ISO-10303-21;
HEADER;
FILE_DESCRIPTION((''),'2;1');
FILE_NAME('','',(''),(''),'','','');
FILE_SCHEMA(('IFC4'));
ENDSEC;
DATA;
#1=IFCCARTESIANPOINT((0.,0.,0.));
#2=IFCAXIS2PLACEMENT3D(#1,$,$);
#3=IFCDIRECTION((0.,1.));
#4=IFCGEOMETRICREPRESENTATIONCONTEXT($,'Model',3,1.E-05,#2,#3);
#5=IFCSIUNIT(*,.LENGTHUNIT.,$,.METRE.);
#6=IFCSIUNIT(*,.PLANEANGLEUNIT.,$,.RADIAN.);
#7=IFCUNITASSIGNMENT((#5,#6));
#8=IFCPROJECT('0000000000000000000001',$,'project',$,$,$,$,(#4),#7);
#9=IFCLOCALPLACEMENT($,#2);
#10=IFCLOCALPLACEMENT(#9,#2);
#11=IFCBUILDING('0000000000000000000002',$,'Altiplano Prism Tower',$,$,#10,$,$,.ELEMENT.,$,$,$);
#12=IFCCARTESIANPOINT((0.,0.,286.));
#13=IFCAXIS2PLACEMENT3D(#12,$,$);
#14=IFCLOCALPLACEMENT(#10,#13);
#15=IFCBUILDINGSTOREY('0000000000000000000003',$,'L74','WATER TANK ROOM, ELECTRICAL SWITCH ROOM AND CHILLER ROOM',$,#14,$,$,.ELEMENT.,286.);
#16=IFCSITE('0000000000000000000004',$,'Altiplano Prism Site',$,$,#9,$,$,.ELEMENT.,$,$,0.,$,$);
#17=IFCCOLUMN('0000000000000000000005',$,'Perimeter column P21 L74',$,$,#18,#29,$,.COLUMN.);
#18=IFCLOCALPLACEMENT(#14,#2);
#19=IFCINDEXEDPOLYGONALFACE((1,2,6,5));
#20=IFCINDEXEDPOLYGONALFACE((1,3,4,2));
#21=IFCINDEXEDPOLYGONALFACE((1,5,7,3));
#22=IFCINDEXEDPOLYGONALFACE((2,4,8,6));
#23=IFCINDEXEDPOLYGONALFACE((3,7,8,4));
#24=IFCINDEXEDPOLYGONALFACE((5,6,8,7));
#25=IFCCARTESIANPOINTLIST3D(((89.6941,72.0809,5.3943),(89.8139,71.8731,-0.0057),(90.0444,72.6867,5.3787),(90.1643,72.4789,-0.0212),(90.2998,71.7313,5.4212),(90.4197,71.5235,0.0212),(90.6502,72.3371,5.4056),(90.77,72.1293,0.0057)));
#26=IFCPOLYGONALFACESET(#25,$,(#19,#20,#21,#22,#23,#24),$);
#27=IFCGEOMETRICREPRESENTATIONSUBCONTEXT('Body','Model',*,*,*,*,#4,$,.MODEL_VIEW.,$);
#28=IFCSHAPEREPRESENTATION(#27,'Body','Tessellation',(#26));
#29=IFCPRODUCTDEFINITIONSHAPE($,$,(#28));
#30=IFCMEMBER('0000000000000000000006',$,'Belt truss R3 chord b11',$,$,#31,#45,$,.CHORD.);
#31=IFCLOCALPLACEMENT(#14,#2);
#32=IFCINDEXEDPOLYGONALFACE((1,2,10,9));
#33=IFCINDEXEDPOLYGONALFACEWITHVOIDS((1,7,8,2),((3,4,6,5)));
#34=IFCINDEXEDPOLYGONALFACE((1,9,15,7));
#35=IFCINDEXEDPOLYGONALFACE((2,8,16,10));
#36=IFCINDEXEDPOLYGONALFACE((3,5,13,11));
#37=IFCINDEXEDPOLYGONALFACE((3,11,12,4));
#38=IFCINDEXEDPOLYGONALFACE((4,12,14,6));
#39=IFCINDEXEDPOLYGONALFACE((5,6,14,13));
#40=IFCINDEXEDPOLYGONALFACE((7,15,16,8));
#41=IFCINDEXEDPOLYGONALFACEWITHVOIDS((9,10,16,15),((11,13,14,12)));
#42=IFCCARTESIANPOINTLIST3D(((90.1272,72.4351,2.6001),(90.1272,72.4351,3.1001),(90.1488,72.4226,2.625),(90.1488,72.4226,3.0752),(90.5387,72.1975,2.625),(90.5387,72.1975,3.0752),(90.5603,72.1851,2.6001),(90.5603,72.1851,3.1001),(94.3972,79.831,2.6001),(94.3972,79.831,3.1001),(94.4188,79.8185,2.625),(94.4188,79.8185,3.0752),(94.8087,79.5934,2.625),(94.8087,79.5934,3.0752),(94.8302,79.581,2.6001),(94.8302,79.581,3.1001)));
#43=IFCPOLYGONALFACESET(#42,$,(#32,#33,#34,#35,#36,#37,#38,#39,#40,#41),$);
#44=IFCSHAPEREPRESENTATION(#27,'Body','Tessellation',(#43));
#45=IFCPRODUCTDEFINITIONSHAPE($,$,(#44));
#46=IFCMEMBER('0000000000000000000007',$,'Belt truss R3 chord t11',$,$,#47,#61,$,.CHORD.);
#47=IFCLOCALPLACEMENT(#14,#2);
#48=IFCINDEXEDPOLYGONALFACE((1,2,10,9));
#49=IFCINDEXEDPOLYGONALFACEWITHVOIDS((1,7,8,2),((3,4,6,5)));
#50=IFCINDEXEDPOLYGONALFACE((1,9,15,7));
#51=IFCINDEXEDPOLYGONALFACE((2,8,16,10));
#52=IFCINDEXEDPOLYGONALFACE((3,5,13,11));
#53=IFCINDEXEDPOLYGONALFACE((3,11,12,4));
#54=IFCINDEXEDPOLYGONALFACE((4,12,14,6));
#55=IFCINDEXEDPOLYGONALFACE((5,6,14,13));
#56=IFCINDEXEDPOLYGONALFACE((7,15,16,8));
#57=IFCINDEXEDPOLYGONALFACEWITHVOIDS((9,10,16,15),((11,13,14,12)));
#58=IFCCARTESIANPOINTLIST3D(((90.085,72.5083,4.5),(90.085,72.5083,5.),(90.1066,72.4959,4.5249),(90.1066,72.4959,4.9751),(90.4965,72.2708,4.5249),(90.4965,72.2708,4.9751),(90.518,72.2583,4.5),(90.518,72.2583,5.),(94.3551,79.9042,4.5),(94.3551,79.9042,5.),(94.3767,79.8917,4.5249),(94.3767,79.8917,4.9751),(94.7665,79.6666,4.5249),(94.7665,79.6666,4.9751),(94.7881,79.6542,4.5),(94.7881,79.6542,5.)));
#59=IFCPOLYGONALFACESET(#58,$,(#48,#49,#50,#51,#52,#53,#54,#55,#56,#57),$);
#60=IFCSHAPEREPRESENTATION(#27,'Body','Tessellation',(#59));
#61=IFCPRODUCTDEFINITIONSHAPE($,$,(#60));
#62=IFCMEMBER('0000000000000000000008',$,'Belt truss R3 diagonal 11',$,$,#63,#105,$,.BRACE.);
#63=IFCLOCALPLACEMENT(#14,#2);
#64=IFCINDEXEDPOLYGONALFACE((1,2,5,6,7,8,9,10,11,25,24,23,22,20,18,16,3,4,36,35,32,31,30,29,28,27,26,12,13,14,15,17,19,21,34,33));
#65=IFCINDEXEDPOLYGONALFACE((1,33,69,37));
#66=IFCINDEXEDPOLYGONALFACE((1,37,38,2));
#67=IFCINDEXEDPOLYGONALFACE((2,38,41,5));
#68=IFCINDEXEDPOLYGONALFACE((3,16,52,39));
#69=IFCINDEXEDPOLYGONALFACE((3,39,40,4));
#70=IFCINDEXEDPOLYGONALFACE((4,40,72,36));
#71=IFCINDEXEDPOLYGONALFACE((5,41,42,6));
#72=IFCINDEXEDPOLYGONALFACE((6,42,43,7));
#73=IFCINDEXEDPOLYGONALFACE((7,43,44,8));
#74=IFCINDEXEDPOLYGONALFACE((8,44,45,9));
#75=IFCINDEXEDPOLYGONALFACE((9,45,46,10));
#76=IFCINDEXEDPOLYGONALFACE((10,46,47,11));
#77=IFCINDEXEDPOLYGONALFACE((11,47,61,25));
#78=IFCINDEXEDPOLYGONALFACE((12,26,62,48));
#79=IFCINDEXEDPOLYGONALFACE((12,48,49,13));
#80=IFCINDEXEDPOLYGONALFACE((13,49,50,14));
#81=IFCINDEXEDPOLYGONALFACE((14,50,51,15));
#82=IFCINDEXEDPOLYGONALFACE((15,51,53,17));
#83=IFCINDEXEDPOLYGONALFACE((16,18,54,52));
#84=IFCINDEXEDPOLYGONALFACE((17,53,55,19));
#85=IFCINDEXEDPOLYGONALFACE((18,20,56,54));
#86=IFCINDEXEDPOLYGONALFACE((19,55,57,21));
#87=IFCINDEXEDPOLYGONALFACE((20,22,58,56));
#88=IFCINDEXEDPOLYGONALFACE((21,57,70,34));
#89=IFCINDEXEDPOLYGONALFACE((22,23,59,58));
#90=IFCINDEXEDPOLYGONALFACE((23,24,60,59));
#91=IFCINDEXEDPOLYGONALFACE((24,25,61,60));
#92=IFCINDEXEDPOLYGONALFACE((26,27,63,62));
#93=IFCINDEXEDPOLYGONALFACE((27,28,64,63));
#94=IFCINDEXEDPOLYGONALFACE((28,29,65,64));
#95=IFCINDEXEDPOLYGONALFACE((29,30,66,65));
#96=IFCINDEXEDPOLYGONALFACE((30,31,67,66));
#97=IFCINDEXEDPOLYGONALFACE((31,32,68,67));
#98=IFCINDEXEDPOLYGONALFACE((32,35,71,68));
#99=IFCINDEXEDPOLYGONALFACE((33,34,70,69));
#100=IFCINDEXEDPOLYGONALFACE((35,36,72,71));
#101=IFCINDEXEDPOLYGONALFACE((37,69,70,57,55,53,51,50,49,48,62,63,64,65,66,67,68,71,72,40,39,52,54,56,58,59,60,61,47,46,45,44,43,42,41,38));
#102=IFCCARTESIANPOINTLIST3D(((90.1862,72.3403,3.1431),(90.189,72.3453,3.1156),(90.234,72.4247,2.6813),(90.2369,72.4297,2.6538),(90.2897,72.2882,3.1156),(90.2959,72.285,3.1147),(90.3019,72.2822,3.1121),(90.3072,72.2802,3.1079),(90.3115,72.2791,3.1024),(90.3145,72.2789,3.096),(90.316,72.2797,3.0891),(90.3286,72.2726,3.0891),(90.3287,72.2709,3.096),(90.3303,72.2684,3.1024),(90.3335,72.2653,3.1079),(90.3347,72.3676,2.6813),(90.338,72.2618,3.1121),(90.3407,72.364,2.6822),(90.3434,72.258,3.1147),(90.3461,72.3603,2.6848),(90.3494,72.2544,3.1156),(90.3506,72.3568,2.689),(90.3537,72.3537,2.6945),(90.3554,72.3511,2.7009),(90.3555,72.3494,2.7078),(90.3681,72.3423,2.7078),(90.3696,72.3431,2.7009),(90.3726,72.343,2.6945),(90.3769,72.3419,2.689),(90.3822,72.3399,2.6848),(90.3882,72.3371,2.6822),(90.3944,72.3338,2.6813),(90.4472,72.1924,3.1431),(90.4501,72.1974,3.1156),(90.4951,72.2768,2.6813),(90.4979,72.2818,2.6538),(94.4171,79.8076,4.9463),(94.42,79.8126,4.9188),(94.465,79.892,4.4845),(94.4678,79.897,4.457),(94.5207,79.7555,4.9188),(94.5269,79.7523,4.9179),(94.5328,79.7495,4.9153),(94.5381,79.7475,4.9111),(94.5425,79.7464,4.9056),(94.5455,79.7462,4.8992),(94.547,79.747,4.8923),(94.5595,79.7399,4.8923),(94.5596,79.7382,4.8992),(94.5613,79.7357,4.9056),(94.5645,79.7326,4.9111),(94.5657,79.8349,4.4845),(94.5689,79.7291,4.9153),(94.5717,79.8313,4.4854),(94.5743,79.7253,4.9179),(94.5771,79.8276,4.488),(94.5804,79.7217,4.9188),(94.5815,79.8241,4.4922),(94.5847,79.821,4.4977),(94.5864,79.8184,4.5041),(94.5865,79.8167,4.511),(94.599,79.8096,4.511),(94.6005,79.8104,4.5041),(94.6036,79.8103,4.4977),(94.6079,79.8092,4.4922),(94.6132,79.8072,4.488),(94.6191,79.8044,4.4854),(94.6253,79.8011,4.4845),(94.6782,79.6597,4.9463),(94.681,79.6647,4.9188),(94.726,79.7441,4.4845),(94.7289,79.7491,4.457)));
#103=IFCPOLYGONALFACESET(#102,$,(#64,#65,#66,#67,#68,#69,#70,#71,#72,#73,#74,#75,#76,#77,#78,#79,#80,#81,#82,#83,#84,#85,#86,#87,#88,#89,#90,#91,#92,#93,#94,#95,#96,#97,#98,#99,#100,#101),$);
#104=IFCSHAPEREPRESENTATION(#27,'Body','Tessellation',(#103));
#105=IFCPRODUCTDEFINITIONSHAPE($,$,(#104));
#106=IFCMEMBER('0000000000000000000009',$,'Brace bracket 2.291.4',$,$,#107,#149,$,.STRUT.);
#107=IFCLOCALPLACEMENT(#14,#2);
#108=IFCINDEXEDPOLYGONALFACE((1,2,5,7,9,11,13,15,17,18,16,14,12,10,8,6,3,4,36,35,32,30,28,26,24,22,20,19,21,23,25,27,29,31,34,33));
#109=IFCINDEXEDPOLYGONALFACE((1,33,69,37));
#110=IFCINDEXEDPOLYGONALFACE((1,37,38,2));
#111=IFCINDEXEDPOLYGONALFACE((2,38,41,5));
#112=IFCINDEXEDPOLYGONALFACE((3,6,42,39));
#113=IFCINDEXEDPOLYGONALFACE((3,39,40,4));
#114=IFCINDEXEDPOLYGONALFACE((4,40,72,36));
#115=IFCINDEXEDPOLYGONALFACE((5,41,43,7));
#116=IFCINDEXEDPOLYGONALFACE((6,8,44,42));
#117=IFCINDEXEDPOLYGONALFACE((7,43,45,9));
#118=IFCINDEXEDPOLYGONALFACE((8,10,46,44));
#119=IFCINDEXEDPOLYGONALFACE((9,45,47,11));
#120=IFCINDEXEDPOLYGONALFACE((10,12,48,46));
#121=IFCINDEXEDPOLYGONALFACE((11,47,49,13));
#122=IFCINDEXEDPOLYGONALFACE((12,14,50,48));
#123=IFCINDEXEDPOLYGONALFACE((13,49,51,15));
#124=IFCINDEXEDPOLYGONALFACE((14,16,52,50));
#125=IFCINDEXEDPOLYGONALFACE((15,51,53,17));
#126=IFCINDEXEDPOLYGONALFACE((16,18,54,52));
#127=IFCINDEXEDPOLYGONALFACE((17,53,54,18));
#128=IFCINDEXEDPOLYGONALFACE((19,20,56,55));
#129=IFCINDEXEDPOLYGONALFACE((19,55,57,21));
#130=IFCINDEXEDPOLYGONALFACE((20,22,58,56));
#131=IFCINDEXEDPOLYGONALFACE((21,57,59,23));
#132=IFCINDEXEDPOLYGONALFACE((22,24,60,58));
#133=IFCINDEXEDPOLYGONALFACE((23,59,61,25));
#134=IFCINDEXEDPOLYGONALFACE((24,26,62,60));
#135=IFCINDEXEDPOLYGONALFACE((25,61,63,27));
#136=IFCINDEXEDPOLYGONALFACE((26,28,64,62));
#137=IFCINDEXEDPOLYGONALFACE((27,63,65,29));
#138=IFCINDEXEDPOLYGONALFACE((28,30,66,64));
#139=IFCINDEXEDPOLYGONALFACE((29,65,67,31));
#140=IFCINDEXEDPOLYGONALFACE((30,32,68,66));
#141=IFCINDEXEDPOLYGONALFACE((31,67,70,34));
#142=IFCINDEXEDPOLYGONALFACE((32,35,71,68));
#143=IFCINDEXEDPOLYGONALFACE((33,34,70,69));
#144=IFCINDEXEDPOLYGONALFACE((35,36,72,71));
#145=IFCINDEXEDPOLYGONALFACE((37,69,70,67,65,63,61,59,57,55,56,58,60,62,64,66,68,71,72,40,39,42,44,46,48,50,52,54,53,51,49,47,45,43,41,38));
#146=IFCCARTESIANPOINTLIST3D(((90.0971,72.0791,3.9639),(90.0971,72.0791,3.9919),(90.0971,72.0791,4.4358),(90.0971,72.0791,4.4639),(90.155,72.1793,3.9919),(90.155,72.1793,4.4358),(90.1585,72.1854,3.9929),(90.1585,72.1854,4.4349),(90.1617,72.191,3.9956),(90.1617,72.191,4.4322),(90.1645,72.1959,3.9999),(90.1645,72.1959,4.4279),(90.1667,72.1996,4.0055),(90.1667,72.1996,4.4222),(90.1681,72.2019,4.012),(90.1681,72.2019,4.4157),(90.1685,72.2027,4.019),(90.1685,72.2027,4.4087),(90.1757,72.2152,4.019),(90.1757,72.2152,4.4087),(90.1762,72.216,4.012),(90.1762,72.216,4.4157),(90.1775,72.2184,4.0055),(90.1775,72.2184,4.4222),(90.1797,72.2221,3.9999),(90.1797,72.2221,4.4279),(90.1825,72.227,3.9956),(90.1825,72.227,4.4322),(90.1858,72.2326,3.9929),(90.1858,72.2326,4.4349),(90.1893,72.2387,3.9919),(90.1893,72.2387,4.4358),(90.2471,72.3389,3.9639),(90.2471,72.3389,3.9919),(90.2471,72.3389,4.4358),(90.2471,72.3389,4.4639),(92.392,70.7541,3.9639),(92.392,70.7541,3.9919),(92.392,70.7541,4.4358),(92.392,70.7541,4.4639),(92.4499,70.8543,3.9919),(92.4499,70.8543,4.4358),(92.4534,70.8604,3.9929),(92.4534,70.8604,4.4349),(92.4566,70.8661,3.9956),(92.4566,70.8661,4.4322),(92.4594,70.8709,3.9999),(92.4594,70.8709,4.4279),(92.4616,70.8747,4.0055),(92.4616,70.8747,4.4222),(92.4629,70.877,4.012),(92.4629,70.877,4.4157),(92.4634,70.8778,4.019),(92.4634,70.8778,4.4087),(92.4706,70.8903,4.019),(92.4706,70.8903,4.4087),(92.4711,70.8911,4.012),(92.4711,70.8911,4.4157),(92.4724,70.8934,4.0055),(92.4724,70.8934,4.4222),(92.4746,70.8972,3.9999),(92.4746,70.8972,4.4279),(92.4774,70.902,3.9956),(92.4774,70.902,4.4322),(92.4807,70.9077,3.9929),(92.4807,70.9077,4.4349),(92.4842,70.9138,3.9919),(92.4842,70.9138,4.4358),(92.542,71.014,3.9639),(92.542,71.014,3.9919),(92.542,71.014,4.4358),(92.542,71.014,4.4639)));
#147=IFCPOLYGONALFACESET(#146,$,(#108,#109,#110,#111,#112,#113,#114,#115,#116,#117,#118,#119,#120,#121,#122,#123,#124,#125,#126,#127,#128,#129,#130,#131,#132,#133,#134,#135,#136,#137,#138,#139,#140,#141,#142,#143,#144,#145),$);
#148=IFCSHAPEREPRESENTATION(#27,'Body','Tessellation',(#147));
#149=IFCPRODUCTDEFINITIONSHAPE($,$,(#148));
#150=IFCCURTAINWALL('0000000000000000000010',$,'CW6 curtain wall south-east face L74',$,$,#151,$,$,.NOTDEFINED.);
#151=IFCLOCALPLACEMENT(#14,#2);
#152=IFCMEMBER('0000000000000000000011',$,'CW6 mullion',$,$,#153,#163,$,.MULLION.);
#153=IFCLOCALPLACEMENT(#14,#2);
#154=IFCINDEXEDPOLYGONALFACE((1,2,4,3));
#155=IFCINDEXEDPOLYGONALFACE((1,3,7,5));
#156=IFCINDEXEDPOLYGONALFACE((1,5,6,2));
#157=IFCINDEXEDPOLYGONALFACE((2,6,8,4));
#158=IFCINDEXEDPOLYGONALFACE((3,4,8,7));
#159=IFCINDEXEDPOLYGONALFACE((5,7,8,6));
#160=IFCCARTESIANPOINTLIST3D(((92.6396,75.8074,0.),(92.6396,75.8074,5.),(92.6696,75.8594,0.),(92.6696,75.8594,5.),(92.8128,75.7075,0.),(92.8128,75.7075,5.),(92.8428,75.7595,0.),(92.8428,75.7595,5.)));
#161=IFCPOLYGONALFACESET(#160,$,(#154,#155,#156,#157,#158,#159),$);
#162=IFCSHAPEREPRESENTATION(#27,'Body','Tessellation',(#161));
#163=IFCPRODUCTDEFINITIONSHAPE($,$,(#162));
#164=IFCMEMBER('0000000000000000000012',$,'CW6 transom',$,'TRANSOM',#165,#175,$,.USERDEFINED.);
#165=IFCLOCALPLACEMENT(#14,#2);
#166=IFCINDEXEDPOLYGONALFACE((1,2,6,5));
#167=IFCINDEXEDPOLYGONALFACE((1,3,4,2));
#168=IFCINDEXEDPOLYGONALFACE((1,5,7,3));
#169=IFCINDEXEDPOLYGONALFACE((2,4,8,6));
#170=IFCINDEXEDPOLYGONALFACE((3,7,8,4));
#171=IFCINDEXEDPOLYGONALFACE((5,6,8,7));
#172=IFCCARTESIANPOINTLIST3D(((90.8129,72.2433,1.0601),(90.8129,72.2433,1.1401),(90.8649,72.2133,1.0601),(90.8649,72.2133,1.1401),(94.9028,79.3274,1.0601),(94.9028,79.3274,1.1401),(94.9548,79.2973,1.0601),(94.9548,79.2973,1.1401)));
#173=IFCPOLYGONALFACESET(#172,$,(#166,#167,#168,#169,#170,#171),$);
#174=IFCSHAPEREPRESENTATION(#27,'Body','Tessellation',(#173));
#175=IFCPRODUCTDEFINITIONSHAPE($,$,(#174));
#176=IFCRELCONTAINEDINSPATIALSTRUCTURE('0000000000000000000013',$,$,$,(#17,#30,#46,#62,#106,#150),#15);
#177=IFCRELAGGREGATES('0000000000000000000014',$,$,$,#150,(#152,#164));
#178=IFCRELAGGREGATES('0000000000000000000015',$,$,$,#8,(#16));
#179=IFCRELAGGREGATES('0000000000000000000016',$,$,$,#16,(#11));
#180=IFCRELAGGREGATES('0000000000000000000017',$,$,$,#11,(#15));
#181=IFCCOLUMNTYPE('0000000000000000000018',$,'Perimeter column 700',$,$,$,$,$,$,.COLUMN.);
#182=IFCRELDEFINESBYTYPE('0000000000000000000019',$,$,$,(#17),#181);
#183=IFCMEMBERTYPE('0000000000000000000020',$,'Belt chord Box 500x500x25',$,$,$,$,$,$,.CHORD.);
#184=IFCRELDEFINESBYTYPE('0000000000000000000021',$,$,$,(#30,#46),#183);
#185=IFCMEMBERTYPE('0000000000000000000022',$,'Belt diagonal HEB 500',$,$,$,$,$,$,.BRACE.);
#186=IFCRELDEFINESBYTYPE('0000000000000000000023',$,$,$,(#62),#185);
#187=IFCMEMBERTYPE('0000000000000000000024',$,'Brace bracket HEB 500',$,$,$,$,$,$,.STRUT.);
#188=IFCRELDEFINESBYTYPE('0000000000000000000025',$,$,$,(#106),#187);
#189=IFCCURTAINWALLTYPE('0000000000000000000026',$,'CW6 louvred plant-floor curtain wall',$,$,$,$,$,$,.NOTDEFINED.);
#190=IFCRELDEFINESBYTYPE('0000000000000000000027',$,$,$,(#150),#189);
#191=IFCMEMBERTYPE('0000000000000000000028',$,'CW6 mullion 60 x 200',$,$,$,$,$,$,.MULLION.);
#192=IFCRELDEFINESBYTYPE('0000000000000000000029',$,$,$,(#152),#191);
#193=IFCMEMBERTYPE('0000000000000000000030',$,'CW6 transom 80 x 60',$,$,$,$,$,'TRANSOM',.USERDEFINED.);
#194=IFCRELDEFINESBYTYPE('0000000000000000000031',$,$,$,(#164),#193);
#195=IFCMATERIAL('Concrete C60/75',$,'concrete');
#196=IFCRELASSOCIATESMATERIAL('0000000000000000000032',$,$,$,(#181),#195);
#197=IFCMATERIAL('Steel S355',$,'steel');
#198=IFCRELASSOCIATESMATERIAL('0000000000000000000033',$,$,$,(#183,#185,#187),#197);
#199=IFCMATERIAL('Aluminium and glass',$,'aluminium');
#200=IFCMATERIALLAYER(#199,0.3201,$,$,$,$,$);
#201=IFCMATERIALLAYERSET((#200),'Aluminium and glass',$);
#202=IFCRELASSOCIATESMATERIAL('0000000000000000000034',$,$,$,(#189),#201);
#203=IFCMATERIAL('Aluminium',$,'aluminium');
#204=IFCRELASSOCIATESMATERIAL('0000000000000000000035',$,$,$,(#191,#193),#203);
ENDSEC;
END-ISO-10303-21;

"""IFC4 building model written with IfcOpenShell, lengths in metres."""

from ifc_helpers import new_model, si_unit, direction, frame, origin, origin_2d, place, context, subcontext, project, spatial, rectangle, hollow_rectangle, i_section, extrude, material, layer, layer_set, material_profile, profile_set, type_object, element, aggregate, save


model = new_model("IFC4")

# Units and contexts
model_context = context("Model", 3, precision=1e-05, world=origin(), true_north=direction((0.0, 1.0)))
body_context = subcontext(model_context, "Body", "Model", "MODEL_VIEW")
ifc_project = project(units=[si_unit("LENGTHUNIT", "METRE"), si_unit("PLANEANGLEUNIT", "RADIAN")], contexts=[model_context])

# Site, building, storey
site_placement = place(None, origin())
site = spatial("IfcSite", under=ifc_project, at=site_placement, Name="Altiplano Prism Site", CompositionType="ELEMENT", RefElevation=0.0)
building_placement = place(site_placement, origin())
building = spatial("IfcBuilding", under=site, at=building_placement, Name="Altiplano Prism Tower", CompositionType="ELEMENT")
storey_placement = place(building_placement, frame((0.0, 0.0, 286.0)))
storey = spatial("IfcBuildingStorey", under=building, at=storey_placement, Name="L74", Description="WATER TANK ROOM, ELECTRICAL SWITCH ROOM AND CHILLER ROOM", CompositionType="ELEMENT", Elevation=286.0)

# Column
ifc_material_1 = material(Name="Concrete C60/75", Category="concrete")
ifc_material_profile_1 = material_profile(ifc_material_1, rectangle(XDim=0.7, YDim=0.7, at=origin_2d()), Name="Perimeter column 700")
ifc_profile_set_1 = profile_set([ifc_material_profile_1], Name="Concrete C60/75")
column_type = type_object("IfcColumnType", Name="Perimeter column 700", PredefinedType="COLUMN", material=ifc_profile_set_1)
column_placement = place(storey_placement, frame((90.292, 72.0012, 0.0), z_axis=(-0.022177, 0.038438, 0.999015), x_axis=(-0.500495, -0.865455, 0.022188)))
element("IfcColumn", 1, at=column_placement, inside=storey, type_object=column_type, Name="Perimeter column P21 L74", PredefinedType="COLUMN", context=body_context, shape_type="SweptSolid", body=[
    extrude(rectangle(XDim=0.7, YDim=0.7, at=origin_2d()), origin(), (0.0, 0.0, 1.0), 5.4053),
])

# Members
ifc_material_2 = material(Name="Steel S355", Category="steel")
ifc_material_profile_2 = material_profile(ifc_material_2, hollow_rectangle(XDim=0.5, YDim=0.5, WallThickness=0.0249, at=origin_2d()), Name="Belt chord Box 500x500x25")
ifc_profile_set_2 = profile_set([ifc_material_profile_2], Name="Steel S355")
member_type_1 = type_object("IfcMemberType", Name="Belt chord Box 500x500x25", PredefinedType="CHORD", material=ifc_profile_set_2)
for number, where, z_axis, x_axis, name in (
    (2, (90.3438, 72.3101, 2.8501), (0.499995, 0.866028, 0.0), (-0.866028, 0.499995, 0.0), "Belt truss R3 chord b11"),
    (3, (90.3015, 72.3833, 4.75), (0.500007, 0.866021, 0.0), (-0.866021, 0.500007, 0.0), "Belt truss R3 chord t11"),
):
    element("IfcMember", number, at=place(storey_placement, frame(where, z_axis=z_axis, x_axis=x_axis)), inside=storey, type_object=member_type_1, Name=name, PredefinedType="CHORD", context=body_context, shape_type="SweptSolid", body=[
        extrude(hollow_rectangle(XDim=0.5, YDim=0.5, WallThickness=0.0249, at=origin_2d()), origin(), (0.0, 0.0, 1.0), 8.54),
    ])
ifc_material_profile_3 = material_profile(ifc_material_2, i_section(OverallWidth=0.3, OverallDepth=0.5, WebThickness=0.0144, FlangeThickness=0.0281, FilletRadius=0.0271, at=origin_2d()), Name="Belt diagonal HEB 500")
ifc_profile_set_3 = profile_set([ifc_material_profile_3], Name="Steel S355")
member_type_2 = type_object("IfcMemberType", Name="Belt diagonal HEB 500", PredefinedType="BRACE", material=ifc_profile_set_3)
member_1_placement = place(storey_placement, frame((90.342, 72.311, 2.8984), z_axis=(0.482435, 0.851458, 0.205613), x_axis=(-0.870047, 0.492968, 0.0)))
element("IfcMember", 4, at=member_1_placement, inside=storey, type_object=member_type_2, Name="Belt truss R3 diagonal 11", PredefinedType="BRACE", context=body_context, shape_type="SweptSolid", body=[
    extrude(i_section(OverallWidth=0.3, OverallDepth=0.5, WebThickness=0.0144, FlangeThickness=0.0281, FilletRadius=0.0271, at=origin_2d()), origin(), (0.0, 0.0, 1.0), 8.77),
])
ifc_material_profile_4 = material_profile(ifc_material_2, i_section(OverallWidth=0.3, OverallDepth=0.5, WebThickness=0.0144, FlangeThickness=0.0281, FilletRadius=0.0271, at=origin_2d()), Name="Brace bracket HEB 500")
ifc_profile_set_4 = profile_set([ifc_material_profile_4], Name="Steel S355")
member_type_3 = type_object("IfcMemberType", Name="Brace bracket HEB 500", PredefinedType="STRUT", material=ifc_profile_set_4)
member_2_placement = place(storey_placement, frame((90.1721, 72.209, 4.2139), z_axis=(0.866029, -0.499994, 0.0), x_axis=(0.499994, 0.866029, 0.0)))
element("IfcMember", 5, at=member_2_placement, inside=storey, type_object=member_type_3, Name="Brace bracket 2.291.4", PredefinedType="STRUT", context=body_context, shape_type="SweptSolid", body=[
    extrude(i_section(OverallWidth=0.3, OverallDepth=0.5, WebThickness=0.0144, FlangeThickness=0.0281, FilletRadius=0.0271, at=origin_2d()), origin(), (0.0, 0.0, 1.0), 2.6499),
])

# Curtain wall, members
ifc_material_3 = material(Name="Aluminium and glass", Category="aluminium")
ifc_layer_1 = layer(ifc_material_3, 0.3201)
ifc_layer_set_1 = layer_set([ifc_layer_1], Name="Aluminium and glass")
curtain_wall_type = type_object("IfcCurtainWallType", Name="CW6 louvred plant-floor curtain wall", PredefinedType="NOTDEFINED", material=ifc_layer_set_1)
curtain_wall_placement = place(storey_placement, origin())
curtain_wall = element("IfcCurtainWall", 6, at=curtain_wall_placement, inside=storey, type_object=curtain_wall_type, Name="CW6 curtain wall south-east face L74", PredefinedType="NOTDEFINED")
ifc_material_4 = material(Name="Aluminium", Category="aluminium")
ifc_material_profile_5 = material_profile(ifc_material_4, rectangle(XDim=0.2, YDim=0.0601, at=origin_2d()), Name="CW6 mullion 60 x 200")
ifc_profile_set_5 = profile_set([ifc_material_profile_5], Name="Aluminium")
member_type_4 = type_object("IfcMemberType", Name="CW6 mullion 60 x 200", PredefinedType="MULLION", material=ifc_profile_set_5)
member_3_placement = place(storey_placement, frame((92.7412, 75.7834, 0.0), z_axis=(0.0, 0.0, 1.0), x_axis=(-0.866025, 0.5, 0.0)))
member_3 = element("IfcMember", 7, at=member_3_placement, type_object=member_type_4, Name="CW6 mullion", PredefinedType="MULLION", context=body_context, shape_type="SweptSolid", body=[
    extrude(rectangle(XDim=0.2, YDim=0.0601, at=origin_2d()), origin(), (0.0, 0.0, 1.0), 5.0),
])
ifc_material_profile_6 = material_profile(ifc_material_4, rectangle(XDim=0.0601, YDim=0.0801, at=origin_2d()), Name="CW6 transom 80 x 60")
ifc_profile_set_6 = profile_set([ifc_material_profile_6], Name="Aluminium")
member_type_5 = type_object("IfcMemberType", Name="CW6 transom 80 x 60", ElementType="TRANSOM", PredefinedType="USERDEFINED", material=ifc_profile_set_6)
member_4_placement = place(storey_placement, frame((90.8389, 72.2283, 1.1001), z_axis=(0.499991, 0.866031, 0.0), x_axis=(-0.866031, 0.499991, 0.0)))
member_4 = element("IfcMember", 8, at=member_4_placement, type_object=member_type_5, Name="CW6 transom", ObjectType="TRANSOM", PredefinedType="USERDEFINED", context=body_context, shape_type="SweptSolid", body=[
    extrude(rectangle(XDim=0.0601, YDim=0.0801, at=origin_2d()), origin(), (0.0, 0.0, 1.0), 8.1799),
])

aggregate(curtain_wall, [member_3, member_4])

save(model, "model.ifc")
